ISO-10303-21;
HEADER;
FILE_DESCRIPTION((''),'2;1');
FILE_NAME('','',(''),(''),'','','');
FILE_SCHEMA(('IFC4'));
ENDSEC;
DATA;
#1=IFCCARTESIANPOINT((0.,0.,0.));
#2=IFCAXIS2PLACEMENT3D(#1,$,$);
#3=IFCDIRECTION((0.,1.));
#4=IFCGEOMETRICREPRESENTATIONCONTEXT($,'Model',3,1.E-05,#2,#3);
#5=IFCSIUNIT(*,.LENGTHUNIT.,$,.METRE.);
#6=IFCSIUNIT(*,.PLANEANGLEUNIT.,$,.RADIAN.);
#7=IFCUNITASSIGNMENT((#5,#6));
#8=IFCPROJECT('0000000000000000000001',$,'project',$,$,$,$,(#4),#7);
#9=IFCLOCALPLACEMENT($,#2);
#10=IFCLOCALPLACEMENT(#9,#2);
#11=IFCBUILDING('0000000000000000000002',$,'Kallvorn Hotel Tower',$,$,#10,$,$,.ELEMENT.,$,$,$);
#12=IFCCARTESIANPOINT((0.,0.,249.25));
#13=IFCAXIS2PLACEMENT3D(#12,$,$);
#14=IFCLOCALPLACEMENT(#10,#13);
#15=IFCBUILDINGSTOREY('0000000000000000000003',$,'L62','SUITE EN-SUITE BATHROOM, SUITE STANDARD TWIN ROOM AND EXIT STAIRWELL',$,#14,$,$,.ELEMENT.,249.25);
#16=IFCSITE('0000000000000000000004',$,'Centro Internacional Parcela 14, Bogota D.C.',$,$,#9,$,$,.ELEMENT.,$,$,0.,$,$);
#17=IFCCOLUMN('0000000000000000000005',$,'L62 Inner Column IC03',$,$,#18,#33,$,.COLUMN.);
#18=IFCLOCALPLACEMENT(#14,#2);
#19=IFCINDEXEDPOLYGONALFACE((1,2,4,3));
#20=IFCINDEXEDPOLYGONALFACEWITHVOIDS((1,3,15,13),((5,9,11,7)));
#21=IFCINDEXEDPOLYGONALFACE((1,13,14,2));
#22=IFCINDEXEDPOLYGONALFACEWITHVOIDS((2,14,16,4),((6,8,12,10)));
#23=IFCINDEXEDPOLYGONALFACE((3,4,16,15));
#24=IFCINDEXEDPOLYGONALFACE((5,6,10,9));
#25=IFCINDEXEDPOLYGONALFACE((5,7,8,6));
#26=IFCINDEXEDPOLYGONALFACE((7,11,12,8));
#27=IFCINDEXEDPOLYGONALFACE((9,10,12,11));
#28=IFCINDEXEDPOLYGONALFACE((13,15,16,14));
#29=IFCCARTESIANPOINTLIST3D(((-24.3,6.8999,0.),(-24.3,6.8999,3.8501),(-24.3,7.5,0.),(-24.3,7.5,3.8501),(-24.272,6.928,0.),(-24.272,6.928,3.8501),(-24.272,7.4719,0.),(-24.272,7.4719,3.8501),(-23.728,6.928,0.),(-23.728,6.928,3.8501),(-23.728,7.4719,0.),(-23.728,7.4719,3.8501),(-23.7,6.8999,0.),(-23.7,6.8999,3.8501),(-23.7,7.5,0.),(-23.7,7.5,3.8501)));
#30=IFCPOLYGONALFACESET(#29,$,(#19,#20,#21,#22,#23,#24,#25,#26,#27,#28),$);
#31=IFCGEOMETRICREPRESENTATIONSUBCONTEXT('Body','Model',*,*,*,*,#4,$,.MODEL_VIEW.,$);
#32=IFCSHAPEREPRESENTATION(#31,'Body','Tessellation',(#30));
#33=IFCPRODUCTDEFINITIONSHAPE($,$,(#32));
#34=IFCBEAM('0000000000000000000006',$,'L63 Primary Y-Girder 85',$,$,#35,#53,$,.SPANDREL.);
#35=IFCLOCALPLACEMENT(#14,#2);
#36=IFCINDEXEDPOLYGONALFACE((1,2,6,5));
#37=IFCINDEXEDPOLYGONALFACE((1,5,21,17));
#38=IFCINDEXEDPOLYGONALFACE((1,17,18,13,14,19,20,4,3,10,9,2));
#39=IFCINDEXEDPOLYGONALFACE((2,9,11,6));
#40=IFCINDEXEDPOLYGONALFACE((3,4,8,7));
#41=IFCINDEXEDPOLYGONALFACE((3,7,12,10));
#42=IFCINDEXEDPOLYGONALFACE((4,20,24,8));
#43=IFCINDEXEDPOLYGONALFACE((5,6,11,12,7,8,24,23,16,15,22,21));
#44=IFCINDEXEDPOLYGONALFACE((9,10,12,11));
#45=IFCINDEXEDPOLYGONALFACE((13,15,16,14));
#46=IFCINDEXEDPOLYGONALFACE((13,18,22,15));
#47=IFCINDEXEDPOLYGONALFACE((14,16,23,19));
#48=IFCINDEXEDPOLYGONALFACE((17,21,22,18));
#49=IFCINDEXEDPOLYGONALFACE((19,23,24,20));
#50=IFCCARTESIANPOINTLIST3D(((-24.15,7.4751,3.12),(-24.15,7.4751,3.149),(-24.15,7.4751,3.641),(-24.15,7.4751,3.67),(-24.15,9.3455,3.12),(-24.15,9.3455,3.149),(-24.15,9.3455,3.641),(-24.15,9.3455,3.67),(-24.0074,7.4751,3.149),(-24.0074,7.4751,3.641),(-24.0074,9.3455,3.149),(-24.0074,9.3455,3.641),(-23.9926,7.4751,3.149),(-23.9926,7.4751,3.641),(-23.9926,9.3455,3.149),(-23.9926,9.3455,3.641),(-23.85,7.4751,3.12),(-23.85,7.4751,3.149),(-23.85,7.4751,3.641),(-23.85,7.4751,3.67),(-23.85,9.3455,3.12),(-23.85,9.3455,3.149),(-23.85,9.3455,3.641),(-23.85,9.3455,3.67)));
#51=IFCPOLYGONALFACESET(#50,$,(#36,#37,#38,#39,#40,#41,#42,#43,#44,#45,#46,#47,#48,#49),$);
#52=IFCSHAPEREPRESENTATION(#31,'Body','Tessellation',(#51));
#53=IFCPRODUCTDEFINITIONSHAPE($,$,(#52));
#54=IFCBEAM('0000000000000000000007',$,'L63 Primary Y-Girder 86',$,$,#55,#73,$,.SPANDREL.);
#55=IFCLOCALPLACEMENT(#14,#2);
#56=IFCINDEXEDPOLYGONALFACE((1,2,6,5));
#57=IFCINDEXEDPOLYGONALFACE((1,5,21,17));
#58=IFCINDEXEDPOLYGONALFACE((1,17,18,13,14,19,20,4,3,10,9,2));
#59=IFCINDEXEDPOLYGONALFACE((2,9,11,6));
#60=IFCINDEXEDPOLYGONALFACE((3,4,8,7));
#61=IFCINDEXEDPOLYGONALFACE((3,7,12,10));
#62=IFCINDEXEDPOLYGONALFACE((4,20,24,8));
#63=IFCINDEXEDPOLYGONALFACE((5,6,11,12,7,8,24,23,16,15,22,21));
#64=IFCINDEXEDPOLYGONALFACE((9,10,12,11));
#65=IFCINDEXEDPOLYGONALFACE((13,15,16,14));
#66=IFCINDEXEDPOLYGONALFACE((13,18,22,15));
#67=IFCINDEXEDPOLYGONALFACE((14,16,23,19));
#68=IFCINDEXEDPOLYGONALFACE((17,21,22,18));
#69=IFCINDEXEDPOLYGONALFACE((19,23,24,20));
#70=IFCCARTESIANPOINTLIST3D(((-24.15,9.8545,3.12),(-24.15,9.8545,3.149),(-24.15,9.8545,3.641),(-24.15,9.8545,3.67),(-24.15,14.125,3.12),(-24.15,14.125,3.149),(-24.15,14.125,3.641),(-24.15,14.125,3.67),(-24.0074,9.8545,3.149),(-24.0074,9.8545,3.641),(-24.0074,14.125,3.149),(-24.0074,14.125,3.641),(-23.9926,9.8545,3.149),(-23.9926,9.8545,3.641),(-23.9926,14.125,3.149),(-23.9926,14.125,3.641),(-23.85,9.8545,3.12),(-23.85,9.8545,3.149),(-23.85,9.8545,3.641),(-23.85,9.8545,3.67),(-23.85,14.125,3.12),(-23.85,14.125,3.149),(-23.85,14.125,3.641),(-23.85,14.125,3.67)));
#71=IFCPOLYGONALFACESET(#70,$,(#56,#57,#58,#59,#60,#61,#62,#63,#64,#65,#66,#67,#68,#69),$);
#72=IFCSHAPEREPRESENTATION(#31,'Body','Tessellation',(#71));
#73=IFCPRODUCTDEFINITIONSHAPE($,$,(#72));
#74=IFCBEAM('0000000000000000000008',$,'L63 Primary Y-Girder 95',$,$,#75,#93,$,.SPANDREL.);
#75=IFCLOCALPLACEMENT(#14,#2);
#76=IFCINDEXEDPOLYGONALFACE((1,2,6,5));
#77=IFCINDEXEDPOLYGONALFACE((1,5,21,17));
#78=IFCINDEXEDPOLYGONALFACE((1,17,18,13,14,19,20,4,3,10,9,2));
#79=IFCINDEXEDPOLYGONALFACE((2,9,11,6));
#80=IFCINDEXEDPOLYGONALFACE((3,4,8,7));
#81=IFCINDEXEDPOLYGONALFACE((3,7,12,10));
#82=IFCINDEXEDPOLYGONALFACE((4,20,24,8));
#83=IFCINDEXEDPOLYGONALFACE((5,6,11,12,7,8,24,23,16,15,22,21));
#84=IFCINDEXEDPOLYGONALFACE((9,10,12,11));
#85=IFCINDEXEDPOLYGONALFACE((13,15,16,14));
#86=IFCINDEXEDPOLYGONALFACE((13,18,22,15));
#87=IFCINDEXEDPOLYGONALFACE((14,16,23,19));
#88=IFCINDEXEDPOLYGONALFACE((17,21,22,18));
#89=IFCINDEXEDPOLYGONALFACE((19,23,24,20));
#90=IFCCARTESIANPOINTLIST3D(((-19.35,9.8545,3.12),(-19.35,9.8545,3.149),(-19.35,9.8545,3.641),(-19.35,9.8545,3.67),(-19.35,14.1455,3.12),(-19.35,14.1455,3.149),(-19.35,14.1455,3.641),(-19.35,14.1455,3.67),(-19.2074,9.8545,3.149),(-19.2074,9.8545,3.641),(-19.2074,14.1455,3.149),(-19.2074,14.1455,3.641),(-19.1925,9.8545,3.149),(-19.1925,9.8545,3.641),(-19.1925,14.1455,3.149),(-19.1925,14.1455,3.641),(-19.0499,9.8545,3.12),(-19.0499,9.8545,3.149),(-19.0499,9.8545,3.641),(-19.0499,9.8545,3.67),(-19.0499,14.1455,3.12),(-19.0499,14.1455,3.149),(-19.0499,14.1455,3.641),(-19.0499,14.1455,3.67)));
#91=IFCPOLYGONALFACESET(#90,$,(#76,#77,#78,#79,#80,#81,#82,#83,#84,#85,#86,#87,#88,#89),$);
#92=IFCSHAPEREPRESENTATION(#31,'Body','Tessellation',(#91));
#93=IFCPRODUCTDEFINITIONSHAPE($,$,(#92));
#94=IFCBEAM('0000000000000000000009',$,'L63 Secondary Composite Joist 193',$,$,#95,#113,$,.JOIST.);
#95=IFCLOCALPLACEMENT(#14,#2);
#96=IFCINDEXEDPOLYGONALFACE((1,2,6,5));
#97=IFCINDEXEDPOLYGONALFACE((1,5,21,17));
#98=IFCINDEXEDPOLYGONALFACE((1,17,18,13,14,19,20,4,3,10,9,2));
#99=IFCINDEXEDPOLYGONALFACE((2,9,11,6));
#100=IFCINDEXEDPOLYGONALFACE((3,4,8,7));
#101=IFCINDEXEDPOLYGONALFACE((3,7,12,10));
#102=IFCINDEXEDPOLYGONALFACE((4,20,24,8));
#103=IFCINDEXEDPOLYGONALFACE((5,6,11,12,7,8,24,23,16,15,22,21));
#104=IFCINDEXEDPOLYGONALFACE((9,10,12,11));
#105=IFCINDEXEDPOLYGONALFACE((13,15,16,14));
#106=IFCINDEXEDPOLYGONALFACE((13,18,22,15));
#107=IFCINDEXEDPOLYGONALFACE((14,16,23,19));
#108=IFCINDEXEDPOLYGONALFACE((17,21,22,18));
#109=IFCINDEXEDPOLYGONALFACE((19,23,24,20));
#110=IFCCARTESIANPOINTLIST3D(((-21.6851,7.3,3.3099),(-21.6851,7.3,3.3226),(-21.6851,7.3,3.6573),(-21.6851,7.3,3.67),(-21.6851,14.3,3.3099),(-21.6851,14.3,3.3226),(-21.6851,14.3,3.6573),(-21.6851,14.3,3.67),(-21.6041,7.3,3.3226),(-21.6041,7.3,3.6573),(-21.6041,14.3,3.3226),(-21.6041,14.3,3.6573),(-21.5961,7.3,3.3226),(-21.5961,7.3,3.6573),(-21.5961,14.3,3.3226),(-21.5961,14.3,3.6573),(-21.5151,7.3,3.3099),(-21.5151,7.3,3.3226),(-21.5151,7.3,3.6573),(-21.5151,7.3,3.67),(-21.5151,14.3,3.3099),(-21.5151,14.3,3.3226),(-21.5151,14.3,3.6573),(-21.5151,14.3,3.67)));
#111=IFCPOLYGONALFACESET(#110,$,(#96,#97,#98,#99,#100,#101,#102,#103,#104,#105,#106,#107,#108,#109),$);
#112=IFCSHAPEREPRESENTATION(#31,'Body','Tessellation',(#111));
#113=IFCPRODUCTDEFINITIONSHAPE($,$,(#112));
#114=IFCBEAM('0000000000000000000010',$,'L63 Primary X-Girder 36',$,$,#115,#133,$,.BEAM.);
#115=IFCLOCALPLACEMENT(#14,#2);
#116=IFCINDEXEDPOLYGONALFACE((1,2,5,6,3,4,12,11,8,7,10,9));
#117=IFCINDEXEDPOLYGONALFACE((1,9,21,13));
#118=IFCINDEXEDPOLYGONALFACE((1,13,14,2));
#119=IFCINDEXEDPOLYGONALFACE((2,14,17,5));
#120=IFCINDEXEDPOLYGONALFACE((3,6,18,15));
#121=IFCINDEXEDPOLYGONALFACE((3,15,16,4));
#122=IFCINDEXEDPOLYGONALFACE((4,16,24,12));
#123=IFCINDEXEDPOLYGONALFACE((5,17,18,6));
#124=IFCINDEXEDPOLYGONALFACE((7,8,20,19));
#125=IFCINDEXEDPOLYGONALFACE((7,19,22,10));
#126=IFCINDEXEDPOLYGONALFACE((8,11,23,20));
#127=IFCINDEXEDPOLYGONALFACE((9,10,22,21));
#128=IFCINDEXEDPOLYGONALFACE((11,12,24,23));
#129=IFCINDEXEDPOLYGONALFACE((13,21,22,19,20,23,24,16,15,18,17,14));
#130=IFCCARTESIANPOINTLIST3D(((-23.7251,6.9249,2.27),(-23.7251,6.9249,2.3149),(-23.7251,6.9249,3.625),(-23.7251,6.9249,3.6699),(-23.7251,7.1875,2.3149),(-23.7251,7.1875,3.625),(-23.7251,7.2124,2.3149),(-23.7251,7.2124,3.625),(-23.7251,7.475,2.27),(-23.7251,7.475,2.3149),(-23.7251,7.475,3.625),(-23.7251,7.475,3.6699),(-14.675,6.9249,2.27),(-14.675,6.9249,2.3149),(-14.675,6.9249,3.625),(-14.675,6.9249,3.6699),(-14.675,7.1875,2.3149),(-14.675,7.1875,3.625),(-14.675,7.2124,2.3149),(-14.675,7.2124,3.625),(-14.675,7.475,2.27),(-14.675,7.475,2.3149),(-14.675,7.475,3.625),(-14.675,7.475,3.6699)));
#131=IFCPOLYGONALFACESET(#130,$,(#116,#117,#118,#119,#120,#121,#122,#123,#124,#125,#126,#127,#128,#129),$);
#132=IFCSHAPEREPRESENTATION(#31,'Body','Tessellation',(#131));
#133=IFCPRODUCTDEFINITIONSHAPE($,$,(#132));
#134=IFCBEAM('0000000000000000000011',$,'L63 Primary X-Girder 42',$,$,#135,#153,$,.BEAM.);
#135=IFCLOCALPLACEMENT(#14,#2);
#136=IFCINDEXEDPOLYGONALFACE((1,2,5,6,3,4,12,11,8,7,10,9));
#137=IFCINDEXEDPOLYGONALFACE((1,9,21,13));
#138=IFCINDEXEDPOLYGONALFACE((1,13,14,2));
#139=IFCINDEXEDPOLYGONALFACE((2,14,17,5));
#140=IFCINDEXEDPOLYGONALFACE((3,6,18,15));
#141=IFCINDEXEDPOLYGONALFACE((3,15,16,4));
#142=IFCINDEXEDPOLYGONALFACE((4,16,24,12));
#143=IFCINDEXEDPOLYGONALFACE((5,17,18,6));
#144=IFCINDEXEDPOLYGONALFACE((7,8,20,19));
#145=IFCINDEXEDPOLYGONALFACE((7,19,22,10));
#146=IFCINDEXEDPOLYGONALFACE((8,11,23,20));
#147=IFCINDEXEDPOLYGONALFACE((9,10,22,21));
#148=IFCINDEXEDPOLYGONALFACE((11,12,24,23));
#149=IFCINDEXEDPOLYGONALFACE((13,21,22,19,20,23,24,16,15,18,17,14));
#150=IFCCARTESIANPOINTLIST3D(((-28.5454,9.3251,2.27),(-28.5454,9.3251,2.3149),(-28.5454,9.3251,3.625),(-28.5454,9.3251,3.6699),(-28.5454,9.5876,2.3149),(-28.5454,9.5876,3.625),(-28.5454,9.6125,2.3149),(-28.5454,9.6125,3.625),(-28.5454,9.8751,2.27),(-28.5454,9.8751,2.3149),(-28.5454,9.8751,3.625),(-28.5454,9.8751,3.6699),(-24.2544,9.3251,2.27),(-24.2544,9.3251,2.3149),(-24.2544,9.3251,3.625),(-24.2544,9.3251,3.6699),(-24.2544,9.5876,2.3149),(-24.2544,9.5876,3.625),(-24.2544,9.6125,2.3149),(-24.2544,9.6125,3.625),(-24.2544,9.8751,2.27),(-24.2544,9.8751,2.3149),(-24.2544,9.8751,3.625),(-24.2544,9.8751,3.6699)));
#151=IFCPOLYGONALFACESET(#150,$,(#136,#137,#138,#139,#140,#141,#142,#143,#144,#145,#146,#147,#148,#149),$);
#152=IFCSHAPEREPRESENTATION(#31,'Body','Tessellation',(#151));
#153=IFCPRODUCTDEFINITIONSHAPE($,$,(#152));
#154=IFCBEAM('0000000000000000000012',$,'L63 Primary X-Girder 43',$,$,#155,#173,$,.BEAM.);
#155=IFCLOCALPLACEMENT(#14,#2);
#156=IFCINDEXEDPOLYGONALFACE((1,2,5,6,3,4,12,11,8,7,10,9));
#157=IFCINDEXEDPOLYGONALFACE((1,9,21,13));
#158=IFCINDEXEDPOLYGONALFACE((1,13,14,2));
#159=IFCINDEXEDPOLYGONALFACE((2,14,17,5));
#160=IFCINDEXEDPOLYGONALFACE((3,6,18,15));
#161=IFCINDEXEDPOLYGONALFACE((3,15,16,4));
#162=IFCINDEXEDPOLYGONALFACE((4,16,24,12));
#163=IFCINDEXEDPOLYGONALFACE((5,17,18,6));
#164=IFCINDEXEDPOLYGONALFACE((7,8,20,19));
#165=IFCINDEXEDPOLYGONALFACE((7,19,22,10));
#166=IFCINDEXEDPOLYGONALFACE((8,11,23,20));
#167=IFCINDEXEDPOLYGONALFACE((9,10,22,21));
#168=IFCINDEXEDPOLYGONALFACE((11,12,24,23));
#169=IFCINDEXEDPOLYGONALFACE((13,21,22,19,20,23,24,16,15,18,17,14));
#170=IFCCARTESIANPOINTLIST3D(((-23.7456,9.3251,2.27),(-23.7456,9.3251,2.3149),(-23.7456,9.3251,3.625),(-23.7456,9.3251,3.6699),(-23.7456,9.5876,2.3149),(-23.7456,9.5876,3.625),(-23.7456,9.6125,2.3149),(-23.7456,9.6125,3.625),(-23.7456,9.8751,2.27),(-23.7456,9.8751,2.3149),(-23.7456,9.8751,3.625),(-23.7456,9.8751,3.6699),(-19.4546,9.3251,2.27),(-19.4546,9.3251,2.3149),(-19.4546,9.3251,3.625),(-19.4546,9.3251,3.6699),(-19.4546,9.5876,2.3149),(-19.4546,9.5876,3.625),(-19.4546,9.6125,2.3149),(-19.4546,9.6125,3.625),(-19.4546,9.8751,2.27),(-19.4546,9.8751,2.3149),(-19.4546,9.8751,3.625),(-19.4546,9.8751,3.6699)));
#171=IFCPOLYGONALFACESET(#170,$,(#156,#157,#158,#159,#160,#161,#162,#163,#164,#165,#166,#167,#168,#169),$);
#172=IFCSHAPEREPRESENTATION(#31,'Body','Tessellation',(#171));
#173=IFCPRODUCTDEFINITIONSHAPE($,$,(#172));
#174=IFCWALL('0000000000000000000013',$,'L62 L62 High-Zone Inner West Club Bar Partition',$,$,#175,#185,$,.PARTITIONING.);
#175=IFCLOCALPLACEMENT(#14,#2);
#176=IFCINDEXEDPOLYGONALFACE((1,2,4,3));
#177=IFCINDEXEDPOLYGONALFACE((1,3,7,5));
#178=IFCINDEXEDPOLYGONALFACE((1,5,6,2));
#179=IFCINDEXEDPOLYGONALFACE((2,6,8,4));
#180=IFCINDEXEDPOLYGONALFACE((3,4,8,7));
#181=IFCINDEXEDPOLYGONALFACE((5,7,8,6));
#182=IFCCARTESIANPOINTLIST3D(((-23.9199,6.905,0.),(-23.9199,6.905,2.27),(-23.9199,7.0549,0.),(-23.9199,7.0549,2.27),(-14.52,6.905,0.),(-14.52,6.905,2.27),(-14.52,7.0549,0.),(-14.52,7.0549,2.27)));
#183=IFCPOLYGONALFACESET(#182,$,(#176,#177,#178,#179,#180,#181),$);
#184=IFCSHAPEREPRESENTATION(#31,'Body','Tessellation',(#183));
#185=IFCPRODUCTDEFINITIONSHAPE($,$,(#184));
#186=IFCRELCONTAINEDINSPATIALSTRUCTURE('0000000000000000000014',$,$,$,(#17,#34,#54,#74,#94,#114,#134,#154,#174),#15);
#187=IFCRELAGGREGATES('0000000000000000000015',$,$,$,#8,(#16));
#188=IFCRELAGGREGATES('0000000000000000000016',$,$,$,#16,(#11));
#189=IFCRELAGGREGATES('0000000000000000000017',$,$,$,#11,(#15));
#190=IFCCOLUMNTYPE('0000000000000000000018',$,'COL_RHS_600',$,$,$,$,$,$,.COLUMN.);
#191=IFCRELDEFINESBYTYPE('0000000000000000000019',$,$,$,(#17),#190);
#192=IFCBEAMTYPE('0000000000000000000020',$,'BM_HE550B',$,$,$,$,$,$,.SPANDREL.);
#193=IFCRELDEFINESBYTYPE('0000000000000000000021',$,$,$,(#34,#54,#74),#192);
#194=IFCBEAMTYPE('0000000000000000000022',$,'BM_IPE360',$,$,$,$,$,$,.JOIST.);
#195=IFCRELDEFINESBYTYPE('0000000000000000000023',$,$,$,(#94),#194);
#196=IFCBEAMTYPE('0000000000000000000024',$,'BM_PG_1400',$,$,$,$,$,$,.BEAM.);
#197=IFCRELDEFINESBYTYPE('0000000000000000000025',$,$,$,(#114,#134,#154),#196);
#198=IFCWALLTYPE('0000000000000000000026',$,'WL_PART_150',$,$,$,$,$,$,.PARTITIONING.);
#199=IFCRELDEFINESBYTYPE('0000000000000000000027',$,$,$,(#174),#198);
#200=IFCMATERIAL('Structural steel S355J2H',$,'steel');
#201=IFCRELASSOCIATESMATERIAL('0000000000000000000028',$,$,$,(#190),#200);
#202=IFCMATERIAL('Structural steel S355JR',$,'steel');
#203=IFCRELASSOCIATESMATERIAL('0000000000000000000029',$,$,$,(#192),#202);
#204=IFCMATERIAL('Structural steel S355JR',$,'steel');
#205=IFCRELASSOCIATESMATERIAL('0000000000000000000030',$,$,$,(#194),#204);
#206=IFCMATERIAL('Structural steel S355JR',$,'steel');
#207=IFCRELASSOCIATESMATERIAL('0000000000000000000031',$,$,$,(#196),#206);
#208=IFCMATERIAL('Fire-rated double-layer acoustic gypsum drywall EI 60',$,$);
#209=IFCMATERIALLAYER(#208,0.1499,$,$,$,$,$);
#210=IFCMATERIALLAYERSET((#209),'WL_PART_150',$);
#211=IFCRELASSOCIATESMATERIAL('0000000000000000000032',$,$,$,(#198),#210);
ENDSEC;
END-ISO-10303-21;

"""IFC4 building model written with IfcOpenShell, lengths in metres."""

from ifc_helpers import new_model, si_unit, direction, frame, frame_2d, origin, origin_2d, place, context, subcontext, project, spatial, rectangle, hollow_rectangle, i_section, extrude, material, layer, layer_set, material_profile, profile_set, type_object, element, save


model = new_model("IFC4")

# Units and contexts
model_context = context("Model", 3, precision=1e-05, world=origin(), true_north=direction((0.0, 1.0)))
body_context = subcontext(model_context, "Body", "Model", "MODEL_VIEW")
ifc_project = project(units=[si_unit("LENGTHUNIT", "METRE"), si_unit("PLANEANGLEUNIT", "RADIAN")], contexts=[model_context])

# Site, building, storey
site_placement = place(None, origin())
site = spatial("IfcSite", under=ifc_project, at=site_placement, Name="Centro Internacional Parcela 14, Bogota D.C.", CompositionType="ELEMENT", RefElevation=0.0)
building_placement = place(site_placement, origin())
building = spatial("IfcBuilding", under=site, at=building_placement, Name="Kallvorn Hotel Tower", CompositionType="ELEMENT")
storey_placement = place(building_placement, frame((0.0, 0.0, 249.25)))
storey = spatial("IfcBuildingStorey", under=building, at=storey_placement, Name="L62", Description="SUITE EN-SUITE BATHROOM, SUITE STANDARD TWIN ROOM AND EXIT STAIRWELL", CompositionType="ELEMENT", Elevation=249.25)

# Column
ifc_material_1 = material(Name="Structural steel S355J2H", Category="steel")
ifc_material_profile_1 = material_profile(ifc_material_1, hollow_rectangle(XDim=0.6001, YDim=0.6001, WallThickness=0.0281, at=origin_2d()), Name="RHS 600x600x28")
ifc_profile_set_1 = profile_set([ifc_material_profile_1], Name="Structural steel S355J2H")
column_type_1 = type_object("IfcColumnType", Name="COL_RHS_600", PredefinedType="COLUMN", material=ifc_profile_set_1)
column_placement = place(storey_placement, frame((-24.0, 7.2, 0.0), z_axis=(0.0, 0.0, 1.0), x_axis=(1.0, 0.0, 0.0)))
element("IfcColumn", 1, at=column_placement, inside=storey, type_object=column_type_1, Name="L62 Inner Column IC03", PredefinedType="COLUMN", context=body_context, shape_type="SweptSolid", body=[
    extrude(hollow_rectangle(XDim=0.6001, YDim=0.6001, WallThickness=0.0281, at=origin_2d()), origin(), (0.0, 0.0, 1.0), 3.8501),
])

# Beams
ifc_material_2 = material(Name="Structural steel S355JR", Category="steel")
ifc_material_profile_2 = material_profile(ifc_material_2, i_section(OverallWidth=0.3, OverallDepth=0.55, WebThickness=0.0149, FlangeThickness=0.0291, at=origin_2d()), Name="HE 550 B")
ifc_profile_set_2 = profile_set([ifc_material_profile_2], Name="Structural steel S355JR")
beam_type_1 = type_object("IfcBeamType", Name="BM_HE550B", PredefinedType="SPANDREL", material=ifc_profile_set_2)
beam_1_placement = place(storey_placement, frame((-24.0, 7.4751, 3.395), z_axis=(0.0, 1.0, 0.0), x_axis=(-1.0, 0.0, 0.0)))
element("IfcBeam", 2, at=beam_1_placement, inside=storey, type_object=beam_type_1, Name="L63 Primary Y-Girder 85", PredefinedType="SPANDREL", context=body_context, shape_type="SweptSolid", body=[
    extrude(i_section(OverallWidth=0.3, OverallDepth=0.55, WebThickness=0.0149, FlangeThickness=0.0291, at=origin_2d()), origin(), (0.0, 0.0, 1.0), 1.8704),
])
beam_2_placement = place(storey_placement, frame((-24.0, 9.8545, 3.395), z_axis=(0.0, 1.0, 0.0), x_axis=(-1.0, 0.0, 0.0)))
element("IfcBeam", 3, at=beam_2_placement, inside=storey, type_object=beam_type_1, Name="L63 Primary Y-Girder 86", PredefinedType="SPANDREL", context=body_context, shape_type="SweptSolid", body=[
    extrude(i_section(OverallWidth=0.3, OverallDepth=0.55, WebThickness=0.0149, FlangeThickness=0.0291, at=origin_2d()), origin(), (0.0, 0.0, 1.0), 4.2705),
])
beam_3_placement = place(storey_placement, frame((-19.2, 9.8545, 3.395), z_axis=(0.0, 1.0, 0.0), x_axis=(-1.0, 0.0, 0.0)))
element("IfcBeam", 4, at=beam_3_placement, inside=storey, type_object=beam_type_1, Name="L63 Primary Y-Girder 95", PredefinedType="SPANDREL", context=body_context, shape_type="SweptSolid", body=[
    extrude(i_section(OverallWidth=0.3, OverallDepth=0.55, WebThickness=0.0149, FlangeThickness=0.0291, at=origin_2d()), origin(), (0.0, 0.0, 1.0), 4.291),
])
ifc_material_3 = material(Name="Structural steel S355JR", Category="steel")
ifc_material_profile_3 = material_profile(ifc_material_3, i_section(OverallWidth=0.1699, OverallDepth=0.3601, WebThickness=0.0081, FlangeThickness=0.0127, at=origin_2d()), Name="IPE 360")
ifc_profile_set_3 = profile_set([ifc_material_profile_3], Name="Structural steel S355JR")
beam_type_2 = type_object("IfcBeamType", Name="BM_IPE360", PredefinedType="JOIST", material=ifc_profile_set_3)
beam_4_placement = place(storey_placement, frame((-21.6001, 7.3, 3.49), z_axis=(0.0, 1.0, 0.0), x_axis=(-1.0, 0.0, 0.0)))
element("IfcBeam", 5, at=beam_4_placement, inside=storey, type_object=beam_type_2, Name="L63 Secondary Composite Joist 193", PredefinedType="JOIST", context=body_context, shape_type="SweptSolid", body=[
    extrude(i_section(OverallWidth=0.1699, OverallDepth=0.3601, WebThickness=0.0081, FlangeThickness=0.0127, at=origin_2d()), origin(), (0.0, 0.0, 1.0), 7.0),
])
ifc_material_4 = material(Name="Structural steel S355JR", Category="steel")
ifc_material_profile_4 = material_profile(ifc_material_4, i_section(OverallWidth=0.55, OverallDepth=1.3999, WebThickness=0.0249, FlangeThickness=0.0449, at=origin_2d()), Name="PG 1400x550x25x45")
ifc_profile_set_4 = profile_set([ifc_material_profile_4], Name="Structural steel S355JR")
beam_type_3 = type_object("IfcBeamType", Name="BM_PG_1400", PredefinedType="BEAM", material=ifc_profile_set_4)
beam_5_placement = place(storey_placement, frame((-23.7251, 7.2, 2.97), z_axis=(1.0, 0.0, 0.0), x_axis=(0.0, 1.0, 0.0)))
element("IfcBeam", 6, at=beam_5_placement, inside=storey, type_object=beam_type_3, Name="L63 Primary X-Girder 36", PredefinedType="BEAM", context=body_context, shape_type="SweptSolid", body=[
    extrude(i_section(OverallWidth=0.55, OverallDepth=1.3999, WebThickness=0.0249, FlangeThickness=0.0449, at=origin_2d()), origin(), (0.0, 0.0, 1.0), 9.05),
])
for number, where, z_axis, x_axis, name in (
    (7, (-28.5454, 9.6001, 2.97), (1.0, 0.0, 0.0), (0.0, 1.0, 0.0), "L63 Primary X-Girder 42"),
    (8, (-23.7456, 9.6001, 2.97), (1.0, 0.0, 0.0), (0.0, 1.0, 0.0), "L63 Primary X-Girder 43"),
):
    element("IfcBeam", number, at=place(storey_placement, frame(where, z_axis=z_axis, x_axis=x_axis)), inside=storey, type_object=beam_type_3, Name=name, PredefinedType="BEAM", context=body_context, shape_type="SweptSolid", body=[
        extrude(i_section(OverallWidth=0.55, OverallDepth=1.3999, WebThickness=0.0249, FlangeThickness=0.0449, at=origin_2d()), origin(), (0.0, 0.0, 1.0), 4.291),
    ])

# Wall
ifc_material_5 = material(Name="Fire-rated double-layer acoustic gypsum drywall EI 60")
ifc_layer_1 = layer(ifc_material_5, 0.1499)
ifc_layer_set_1 = layer_set([ifc_layer_1], Name="WL_PART_150")
wall_type_1 = type_object("IfcWallType", Name="WL_PART_150", PredefinedType="PARTITIONING", material=ifc_layer_set_1)
wall_1_placement = place(storey_placement, frame((-23.9199, 6.98, 0.0), z_axis=(0.0, 0.0, 1.0), x_axis=(1.0, 0.0, 0.0)))
element("IfcWall", 9, at=wall_1_placement, inside=storey, type_object=wall_type_1, Name="L62 L62 High-Zone Inner West Club Bar Partition", PredefinedType="PARTITIONING", context=body_context, shape_type="SweptSolid", body=[
    extrude(rectangle(XDim=9.3999, YDim=0.1499, at=frame_2d((4.7, 0.0))), origin(), (0.0, 0.0, 1.0), 2.27),
])

save(model, "model.ifc")
